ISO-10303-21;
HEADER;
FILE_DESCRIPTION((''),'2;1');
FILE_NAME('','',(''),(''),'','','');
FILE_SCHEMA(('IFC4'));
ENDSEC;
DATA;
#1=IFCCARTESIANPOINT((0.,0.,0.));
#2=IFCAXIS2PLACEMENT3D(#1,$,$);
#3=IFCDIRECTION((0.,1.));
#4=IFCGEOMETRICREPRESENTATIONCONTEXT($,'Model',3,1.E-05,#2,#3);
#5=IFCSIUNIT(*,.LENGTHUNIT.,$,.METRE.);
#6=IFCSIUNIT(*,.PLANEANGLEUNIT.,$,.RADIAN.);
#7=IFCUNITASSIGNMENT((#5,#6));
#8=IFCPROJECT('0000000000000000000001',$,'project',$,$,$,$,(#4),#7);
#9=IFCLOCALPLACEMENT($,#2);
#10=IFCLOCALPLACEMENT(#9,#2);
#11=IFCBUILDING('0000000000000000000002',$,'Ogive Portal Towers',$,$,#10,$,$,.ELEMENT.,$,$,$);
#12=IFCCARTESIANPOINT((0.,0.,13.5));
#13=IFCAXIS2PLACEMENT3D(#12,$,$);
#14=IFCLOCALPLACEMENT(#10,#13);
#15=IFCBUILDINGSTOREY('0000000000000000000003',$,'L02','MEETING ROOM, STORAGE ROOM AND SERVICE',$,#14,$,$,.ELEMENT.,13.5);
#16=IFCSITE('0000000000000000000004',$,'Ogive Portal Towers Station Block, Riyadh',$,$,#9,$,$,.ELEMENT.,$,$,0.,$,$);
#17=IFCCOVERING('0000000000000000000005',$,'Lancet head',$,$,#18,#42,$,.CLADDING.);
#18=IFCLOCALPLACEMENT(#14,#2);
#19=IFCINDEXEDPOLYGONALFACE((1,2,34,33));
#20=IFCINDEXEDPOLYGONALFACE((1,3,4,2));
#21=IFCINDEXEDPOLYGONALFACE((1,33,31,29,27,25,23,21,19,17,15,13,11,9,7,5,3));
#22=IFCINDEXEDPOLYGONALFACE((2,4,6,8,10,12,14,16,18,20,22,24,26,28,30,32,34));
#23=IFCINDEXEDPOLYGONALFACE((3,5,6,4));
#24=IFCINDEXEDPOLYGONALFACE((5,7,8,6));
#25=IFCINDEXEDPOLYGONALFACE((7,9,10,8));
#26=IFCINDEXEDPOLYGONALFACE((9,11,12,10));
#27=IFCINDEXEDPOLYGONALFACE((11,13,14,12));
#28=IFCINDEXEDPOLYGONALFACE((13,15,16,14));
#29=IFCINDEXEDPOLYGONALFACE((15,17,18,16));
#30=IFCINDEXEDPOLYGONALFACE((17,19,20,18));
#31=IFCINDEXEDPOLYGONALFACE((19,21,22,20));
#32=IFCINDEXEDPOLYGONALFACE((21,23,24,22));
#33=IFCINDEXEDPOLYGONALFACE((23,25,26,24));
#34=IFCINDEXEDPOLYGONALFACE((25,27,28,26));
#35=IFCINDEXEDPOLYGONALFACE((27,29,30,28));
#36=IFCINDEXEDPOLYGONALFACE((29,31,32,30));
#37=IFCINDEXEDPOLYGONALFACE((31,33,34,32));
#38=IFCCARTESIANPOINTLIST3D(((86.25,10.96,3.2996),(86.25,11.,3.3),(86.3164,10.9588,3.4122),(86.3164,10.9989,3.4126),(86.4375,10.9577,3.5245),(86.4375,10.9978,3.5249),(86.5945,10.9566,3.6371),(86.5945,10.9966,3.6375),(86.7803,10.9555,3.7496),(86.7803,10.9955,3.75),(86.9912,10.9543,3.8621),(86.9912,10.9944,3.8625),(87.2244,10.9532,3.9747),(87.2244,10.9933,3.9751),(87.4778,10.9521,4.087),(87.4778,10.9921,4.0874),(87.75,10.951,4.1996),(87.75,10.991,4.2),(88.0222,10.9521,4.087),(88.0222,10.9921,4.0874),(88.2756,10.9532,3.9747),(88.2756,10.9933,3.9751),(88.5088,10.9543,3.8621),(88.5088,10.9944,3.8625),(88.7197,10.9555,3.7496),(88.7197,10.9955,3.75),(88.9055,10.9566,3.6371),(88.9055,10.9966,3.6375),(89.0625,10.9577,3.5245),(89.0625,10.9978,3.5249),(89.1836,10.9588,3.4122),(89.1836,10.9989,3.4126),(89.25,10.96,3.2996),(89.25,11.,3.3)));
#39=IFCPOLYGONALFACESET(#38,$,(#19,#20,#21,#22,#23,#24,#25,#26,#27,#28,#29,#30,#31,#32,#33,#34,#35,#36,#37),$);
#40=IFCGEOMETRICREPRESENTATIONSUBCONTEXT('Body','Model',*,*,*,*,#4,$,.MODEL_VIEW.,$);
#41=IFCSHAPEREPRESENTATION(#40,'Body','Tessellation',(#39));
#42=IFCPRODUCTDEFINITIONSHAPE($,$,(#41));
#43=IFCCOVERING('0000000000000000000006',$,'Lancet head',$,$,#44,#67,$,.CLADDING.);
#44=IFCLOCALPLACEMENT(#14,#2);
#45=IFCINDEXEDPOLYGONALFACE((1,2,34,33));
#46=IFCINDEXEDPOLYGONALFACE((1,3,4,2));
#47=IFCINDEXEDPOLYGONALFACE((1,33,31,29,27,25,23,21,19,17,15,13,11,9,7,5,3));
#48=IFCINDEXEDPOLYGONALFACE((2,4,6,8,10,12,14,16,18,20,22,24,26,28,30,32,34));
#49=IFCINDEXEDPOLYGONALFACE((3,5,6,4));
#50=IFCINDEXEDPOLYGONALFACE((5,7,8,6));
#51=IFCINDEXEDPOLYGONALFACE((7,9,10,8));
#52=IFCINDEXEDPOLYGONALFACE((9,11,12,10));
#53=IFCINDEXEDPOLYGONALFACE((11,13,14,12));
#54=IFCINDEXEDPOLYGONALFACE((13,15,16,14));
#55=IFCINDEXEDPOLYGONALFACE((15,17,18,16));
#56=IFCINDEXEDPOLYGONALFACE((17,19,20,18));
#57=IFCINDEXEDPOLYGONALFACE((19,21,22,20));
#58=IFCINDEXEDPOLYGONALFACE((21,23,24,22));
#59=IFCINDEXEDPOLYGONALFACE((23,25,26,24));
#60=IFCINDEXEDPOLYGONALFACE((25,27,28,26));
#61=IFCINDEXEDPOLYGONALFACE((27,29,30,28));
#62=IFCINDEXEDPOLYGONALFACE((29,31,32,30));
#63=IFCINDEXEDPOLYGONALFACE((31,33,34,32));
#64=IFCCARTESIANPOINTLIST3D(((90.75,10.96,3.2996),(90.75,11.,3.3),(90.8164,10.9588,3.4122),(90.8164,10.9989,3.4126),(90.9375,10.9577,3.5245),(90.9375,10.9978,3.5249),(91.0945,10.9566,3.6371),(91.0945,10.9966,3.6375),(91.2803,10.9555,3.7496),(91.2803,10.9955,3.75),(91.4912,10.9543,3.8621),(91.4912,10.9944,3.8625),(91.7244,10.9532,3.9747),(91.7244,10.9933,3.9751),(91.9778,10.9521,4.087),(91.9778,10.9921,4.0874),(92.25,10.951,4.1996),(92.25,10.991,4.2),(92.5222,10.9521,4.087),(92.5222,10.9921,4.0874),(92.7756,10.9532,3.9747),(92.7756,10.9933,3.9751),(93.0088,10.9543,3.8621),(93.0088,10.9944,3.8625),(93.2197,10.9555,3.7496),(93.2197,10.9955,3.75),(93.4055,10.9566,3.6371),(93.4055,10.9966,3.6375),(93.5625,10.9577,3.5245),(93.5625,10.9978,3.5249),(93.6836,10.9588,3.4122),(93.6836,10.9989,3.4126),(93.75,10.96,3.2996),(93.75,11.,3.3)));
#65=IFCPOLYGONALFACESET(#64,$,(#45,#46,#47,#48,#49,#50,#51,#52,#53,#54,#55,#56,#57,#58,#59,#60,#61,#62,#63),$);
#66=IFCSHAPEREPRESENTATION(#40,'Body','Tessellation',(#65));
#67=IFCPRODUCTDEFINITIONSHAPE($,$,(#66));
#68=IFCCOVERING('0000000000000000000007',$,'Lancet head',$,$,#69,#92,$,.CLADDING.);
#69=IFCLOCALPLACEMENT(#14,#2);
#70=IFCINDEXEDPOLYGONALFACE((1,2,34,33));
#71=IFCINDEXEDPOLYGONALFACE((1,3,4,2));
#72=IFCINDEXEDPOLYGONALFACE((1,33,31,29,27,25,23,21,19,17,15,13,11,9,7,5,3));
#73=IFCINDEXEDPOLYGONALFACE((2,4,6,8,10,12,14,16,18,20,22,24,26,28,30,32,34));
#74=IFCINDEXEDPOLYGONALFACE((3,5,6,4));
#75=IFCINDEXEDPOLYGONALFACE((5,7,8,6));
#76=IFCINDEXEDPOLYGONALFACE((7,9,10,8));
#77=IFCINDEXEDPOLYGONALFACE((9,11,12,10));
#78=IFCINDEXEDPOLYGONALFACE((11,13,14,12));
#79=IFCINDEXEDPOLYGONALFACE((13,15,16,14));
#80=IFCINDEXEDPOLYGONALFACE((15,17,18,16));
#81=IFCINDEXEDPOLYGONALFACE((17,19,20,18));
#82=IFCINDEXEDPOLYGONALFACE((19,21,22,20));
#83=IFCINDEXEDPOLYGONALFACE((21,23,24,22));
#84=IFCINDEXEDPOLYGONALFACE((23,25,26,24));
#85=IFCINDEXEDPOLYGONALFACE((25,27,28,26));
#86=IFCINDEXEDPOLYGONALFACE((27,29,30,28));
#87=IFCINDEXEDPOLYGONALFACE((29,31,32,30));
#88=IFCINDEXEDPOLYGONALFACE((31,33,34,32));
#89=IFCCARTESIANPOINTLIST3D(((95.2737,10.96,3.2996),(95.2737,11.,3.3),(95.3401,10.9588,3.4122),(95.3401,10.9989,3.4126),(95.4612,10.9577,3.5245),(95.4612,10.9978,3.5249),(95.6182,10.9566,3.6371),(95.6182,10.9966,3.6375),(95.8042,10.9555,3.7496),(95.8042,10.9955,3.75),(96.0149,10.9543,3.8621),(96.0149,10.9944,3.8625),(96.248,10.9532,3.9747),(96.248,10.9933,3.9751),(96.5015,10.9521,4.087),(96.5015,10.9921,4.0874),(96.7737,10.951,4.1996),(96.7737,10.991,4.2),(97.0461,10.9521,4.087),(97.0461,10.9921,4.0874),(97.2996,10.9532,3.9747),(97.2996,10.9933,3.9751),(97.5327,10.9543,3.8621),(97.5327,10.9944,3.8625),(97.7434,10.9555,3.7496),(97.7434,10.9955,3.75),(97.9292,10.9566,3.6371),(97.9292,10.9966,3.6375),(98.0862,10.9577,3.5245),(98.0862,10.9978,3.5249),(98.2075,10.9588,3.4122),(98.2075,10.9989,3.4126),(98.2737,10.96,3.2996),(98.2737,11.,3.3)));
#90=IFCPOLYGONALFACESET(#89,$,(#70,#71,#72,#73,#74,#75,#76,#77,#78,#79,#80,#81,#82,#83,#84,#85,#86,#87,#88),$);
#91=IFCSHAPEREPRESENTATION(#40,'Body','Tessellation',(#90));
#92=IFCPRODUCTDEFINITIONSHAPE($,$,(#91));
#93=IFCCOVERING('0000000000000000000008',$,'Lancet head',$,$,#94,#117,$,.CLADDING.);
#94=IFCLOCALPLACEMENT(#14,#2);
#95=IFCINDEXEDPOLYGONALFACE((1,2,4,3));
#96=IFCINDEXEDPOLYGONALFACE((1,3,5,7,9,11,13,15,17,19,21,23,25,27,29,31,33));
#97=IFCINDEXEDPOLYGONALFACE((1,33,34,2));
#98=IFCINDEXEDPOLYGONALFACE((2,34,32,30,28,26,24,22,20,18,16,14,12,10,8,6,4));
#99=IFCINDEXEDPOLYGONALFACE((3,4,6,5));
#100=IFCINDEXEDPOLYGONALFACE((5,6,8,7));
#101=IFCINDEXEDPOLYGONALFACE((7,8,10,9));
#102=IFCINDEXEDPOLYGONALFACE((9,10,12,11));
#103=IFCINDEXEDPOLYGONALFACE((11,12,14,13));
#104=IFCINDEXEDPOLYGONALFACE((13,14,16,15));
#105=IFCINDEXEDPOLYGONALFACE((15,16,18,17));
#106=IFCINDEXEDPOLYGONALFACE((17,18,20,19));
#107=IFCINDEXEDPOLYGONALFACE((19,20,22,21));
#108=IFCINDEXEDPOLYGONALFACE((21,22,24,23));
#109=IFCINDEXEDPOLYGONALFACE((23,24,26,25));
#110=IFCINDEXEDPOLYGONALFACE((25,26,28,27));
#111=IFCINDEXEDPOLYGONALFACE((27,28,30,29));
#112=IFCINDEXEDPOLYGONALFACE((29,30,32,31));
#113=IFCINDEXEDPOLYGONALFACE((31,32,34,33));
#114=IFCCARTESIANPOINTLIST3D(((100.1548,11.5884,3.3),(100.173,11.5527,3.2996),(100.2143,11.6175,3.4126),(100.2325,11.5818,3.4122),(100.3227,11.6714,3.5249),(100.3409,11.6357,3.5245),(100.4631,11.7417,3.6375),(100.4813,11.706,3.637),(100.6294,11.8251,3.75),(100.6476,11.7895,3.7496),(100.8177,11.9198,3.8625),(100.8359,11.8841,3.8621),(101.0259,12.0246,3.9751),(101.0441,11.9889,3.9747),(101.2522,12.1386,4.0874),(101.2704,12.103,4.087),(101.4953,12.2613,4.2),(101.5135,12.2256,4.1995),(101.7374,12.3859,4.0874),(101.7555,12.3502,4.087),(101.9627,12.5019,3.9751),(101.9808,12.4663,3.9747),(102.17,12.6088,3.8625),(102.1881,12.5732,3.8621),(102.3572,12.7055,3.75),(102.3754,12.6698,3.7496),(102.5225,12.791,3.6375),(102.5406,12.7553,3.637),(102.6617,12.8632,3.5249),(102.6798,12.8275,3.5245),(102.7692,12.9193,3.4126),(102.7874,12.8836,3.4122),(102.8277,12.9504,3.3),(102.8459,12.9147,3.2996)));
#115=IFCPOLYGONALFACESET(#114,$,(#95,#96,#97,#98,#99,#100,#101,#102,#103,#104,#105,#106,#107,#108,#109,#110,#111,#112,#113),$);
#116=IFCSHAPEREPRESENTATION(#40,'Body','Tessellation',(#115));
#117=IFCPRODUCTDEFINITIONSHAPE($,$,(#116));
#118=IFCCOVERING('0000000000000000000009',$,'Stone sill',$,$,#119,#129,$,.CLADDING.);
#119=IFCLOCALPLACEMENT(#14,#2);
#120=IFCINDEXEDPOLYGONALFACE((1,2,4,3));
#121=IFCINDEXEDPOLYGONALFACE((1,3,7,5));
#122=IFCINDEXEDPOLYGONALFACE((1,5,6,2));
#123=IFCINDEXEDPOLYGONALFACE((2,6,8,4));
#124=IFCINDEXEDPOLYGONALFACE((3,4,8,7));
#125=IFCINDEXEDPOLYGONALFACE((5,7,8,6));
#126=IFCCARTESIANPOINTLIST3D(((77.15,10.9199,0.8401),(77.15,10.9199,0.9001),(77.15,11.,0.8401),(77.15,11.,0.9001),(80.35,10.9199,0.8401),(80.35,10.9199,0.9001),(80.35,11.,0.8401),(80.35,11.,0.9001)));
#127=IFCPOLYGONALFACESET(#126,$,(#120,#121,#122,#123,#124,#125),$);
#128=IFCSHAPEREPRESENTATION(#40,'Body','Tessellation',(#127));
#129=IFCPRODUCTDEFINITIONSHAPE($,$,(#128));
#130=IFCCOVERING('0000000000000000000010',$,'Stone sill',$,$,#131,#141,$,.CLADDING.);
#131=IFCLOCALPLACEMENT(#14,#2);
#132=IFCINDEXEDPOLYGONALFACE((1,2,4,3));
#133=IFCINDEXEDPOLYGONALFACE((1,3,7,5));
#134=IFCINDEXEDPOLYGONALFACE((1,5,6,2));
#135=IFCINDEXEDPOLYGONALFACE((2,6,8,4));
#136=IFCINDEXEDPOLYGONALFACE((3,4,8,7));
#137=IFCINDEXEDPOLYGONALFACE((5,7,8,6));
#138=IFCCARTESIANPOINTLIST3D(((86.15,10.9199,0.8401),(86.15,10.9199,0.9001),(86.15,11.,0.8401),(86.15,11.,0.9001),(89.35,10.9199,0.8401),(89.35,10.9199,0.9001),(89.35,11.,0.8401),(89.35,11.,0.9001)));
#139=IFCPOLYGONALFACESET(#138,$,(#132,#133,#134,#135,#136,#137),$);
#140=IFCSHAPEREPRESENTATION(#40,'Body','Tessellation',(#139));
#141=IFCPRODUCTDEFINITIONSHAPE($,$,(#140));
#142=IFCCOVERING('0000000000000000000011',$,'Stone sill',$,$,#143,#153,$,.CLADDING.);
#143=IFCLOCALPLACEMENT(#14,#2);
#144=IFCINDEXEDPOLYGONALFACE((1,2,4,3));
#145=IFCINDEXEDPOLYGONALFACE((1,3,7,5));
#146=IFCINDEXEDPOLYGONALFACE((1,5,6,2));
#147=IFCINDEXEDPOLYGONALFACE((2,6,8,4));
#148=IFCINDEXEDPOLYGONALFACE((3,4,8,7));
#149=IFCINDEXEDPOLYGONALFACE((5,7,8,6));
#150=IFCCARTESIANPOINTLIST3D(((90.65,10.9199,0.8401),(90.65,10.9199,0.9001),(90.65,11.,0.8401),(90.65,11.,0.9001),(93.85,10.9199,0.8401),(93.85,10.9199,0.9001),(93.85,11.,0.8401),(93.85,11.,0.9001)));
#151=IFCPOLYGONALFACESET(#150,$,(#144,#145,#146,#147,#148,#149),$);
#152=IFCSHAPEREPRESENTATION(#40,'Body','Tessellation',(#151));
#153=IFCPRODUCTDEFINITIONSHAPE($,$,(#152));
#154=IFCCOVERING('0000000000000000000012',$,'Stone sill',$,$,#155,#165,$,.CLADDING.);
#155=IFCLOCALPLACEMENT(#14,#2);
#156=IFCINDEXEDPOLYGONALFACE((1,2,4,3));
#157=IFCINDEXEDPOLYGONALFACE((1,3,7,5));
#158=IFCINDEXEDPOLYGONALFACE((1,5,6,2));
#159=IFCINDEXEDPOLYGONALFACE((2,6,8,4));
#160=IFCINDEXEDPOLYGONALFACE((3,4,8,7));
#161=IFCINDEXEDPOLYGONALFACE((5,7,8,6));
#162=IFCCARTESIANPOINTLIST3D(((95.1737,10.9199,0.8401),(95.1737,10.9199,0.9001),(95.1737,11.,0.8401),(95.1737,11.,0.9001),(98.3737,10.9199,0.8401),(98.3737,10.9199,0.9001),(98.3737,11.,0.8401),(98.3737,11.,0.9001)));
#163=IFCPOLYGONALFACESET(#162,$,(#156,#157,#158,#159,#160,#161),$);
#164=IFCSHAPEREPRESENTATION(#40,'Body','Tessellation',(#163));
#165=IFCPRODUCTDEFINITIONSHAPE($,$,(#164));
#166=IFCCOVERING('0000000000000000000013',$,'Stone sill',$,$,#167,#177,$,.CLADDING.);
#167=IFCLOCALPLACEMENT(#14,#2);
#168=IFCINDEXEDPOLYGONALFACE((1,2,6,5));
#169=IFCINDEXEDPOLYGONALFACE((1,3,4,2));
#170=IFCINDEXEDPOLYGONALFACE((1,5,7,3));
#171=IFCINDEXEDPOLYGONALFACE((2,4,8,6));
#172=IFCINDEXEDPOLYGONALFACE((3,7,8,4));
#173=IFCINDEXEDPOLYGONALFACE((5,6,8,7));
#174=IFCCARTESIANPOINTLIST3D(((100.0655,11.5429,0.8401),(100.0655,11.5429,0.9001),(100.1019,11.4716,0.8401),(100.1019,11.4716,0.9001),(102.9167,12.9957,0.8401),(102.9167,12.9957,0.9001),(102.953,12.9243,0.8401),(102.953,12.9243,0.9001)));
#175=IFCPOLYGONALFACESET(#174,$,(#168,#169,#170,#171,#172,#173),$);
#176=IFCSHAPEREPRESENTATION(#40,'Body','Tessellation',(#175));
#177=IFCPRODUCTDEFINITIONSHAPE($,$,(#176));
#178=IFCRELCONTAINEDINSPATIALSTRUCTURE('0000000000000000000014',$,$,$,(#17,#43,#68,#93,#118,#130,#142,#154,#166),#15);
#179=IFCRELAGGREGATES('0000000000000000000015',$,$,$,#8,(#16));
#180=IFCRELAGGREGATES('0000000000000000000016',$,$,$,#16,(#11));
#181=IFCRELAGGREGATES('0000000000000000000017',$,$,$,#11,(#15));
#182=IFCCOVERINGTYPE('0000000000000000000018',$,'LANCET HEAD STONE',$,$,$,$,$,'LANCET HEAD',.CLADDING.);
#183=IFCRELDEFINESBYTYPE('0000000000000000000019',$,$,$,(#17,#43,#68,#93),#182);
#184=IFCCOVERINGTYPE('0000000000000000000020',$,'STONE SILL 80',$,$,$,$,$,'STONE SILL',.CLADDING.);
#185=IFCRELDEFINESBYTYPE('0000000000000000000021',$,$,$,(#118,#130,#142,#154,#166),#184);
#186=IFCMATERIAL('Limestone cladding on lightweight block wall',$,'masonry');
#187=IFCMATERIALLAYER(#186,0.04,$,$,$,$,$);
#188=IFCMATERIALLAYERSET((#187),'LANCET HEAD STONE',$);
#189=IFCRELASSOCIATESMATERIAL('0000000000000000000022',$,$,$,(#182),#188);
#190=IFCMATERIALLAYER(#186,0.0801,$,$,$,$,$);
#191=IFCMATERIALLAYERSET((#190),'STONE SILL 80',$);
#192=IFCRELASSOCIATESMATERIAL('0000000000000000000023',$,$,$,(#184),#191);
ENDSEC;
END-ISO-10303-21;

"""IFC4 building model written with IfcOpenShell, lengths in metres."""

from ifc_helpers import new_model, si_unit, direction, frame, origin, origin_2d, place, context, subcontext, project, spatial, polyline, rectangle, outline, extrude, material, layer, layer_set, type_object, element, save


model = new_model("IFC4")

# Units and contexts
model_context = context("Model", 3, precision=1e-05, world=origin(), true_north=direction((0.0, 1.0)))
body_context = subcontext(model_context, "Body", "Model", "MODEL_VIEW")
ifc_project = project(units=[si_unit("LENGTHUNIT", "METRE"), si_unit("PLANEANGLEUNIT", "RADIAN")], contexts=[model_context])

# Site, building, storey
site_placement = place(None, origin())
site = spatial("IfcSite", under=ifc_project, at=site_placement, Name="Ogive Portal Towers Station Block, Riyadh", CompositionType="ELEMENT", RefElevation=0.0)
building_placement = place(site_placement, origin())
building = spatial("IfcBuilding", under=site, at=building_placement, Name="Ogive Portal Towers", CompositionType="ELEMENT")
storey_placement = place(building_placement, frame((0.0, 0.0, 13.5)))
storey = spatial("IfcBuildingStorey", under=building, at=storey_placement, Name="L02", Description="MEETING ROOM, STORAGE ROOM AND SERVICE", CompositionType="ELEMENT", Elevation=13.5)

# Shared definitions
ifc_material_1 = material(Name="Limestone cladding on lightweight block wall", Category="masonry")

# Coverings
ifc_layer_1 = layer(ifc_material_1, 0.04)
ifc_layer_set_1 = layer_set([ifc_layer_1], Name="LANCET HEAD STONE")
covering_type_1 = type_object("IfcCoveringType", Name="LANCET HEAD STONE", ElementType="LANCET HEAD", PredefinedType="CLADDING", material=ifc_layer_set_1)
for number, where, z_axis, x_axis, name in (
    (1, (86.25, 11.0, 3.3), (0.0, 0.99995, 0.009994), (1.0, 0.0, 0.0), "Lancet head"),
    (2, (90.75, 11.0, 3.3), (0.0, 0.99995, 0.009994), (1.0, 0.0, 0.0), "Lancet head"),
):
    element("IfcCovering", number, at=place(storey_placement, frame(where, z_axis=z_axis, x_axis=x_axis)), inside=storey, type_object=covering_type_1, Name=name, PredefinedType="CLADDING", context=body_context, shape_type="SweptSolid", body=[
        extrude(outline(polyline([(0.0, 0.0), (3.0, 0.0), (2.9336, -0.1126), (2.8125, -0.2249), (2.6555, -0.3374), (2.4697, -0.45), (2.2588, -0.5625), (2.0256, -0.6751), (1.7722, -0.7874), (1.5, -0.8999), (1.2278, -0.7874), (0.9744, -0.6751), (0.7412, -0.5625), (0.5303, -0.45), (0.3445, -0.3374), (0.1875, -0.2249), (0.0664, -0.1126), (0.0, 0.0)])), origin(), (0.0, 0.0, -1.0), 0.04),
    ])
covering_1_placement = place(storey_placement, frame((95.2737, 11.0, 3.3), z_axis=(0.0, 0.99995, 0.009994), x_axis=(1.0, 0.0, 0.0)))
element("IfcCovering", 3, at=covering_1_placement, inside=storey, type_object=covering_type_1, Name="Lancet head", PredefinedType="CLADDING", context=body_context, shape_type="SweptSolid", body=[
    extrude(outline(polyline([(0.0, 0.0), (3.0, 0.0), (2.9338, -0.1126), (2.8125, -0.2249), (2.6555, -0.3374), (2.4697, -0.45), (2.259, -0.5625), (2.0259, -0.6751), (1.7725, -0.7874), (1.5, -0.8999), (1.2278, -0.7874), (0.9744, -0.6751), (0.7412, -0.5625), (0.5305, -0.45), (0.3445, -0.3374), (0.1875, -0.2249), (0.0664, -0.1126), (0.0, 0.0)])), origin(), (0.0, 0.0, -1.0), 0.04),
])
covering_2_placement = place(storey_placement, frame((100.1548, 11.5884, 3.3), z_axis=(-0.453987, 0.890951, 0.010108), x_axis=(0.890997, 0.45401, 0.0)))
element("IfcCovering", 4, at=covering_2_placement, inside=storey, type_object=covering_type_1, Name="Lancet head", PredefinedType="CLADDING", context=body_context, shape_type="SweptSolid", body=[
    extrude(outline(polyline([(0.0, 0.0), (2.9999, 0.0), (2.9337, -0.1126), (2.8124, -0.2249), (2.6556, -0.3374), (2.4695, -0.45), (2.2588, -0.5625), (2.0256, -0.6751), (1.7721, -0.7874), (1.4999, -0.8999), (1.2276, -0.7874), (0.9742, -0.6751), (0.7411, -0.5625), (0.5304, -0.45), (0.3443, -0.3374), (0.1873, -0.2249), (0.0663, -0.1126), (0.0, 0.0)])), origin(), (0.0, 0.0, -1.0), 0.04),
])
ifc_layer_2 = layer(ifc_material_1, 0.0801)
ifc_layer_set_2 = layer_set([ifc_layer_2], Name="STONE SILL 80")
covering_type_2 = type_object("IfcCoveringType", Name="STONE SILL 80", ElementType="STONE SILL", PredefinedType="CLADDING", material=ifc_layer_set_2)
for number, where, z_axis, x_axis, name in (
    (5, (78.75, 10.96, 0.8401), (0.0, 0.0, 1.0), (1.0, 0.0, 0.0), "Stone sill"),
    (6, (87.75, 10.96, 0.8401), (0.0, 0.0, 1.0), (1.0, 0.0, 0.0), "Stone sill"),
    (7, (92.25, 10.96, 0.8401), (0.0, 0.0, 1.0), (1.0, 0.0, 0.0), "Stone sill"),
    (8, (96.7737, 10.96, 0.8401), (0.0, 0.0, 1.0), (1.0, 0.0, 0.0), "Stone sill"),
    (9, (101.5093, 12.2336, 0.8401), (0.0, 0.0, 1.0), (0.891007, 0.45399, 0.0), "Stone sill"),
):
    element("IfcCovering", number, at=place(storey_placement, frame(where, z_axis=z_axis, x_axis=x_axis)), inside=storey, type_object=covering_type_2, Name=name, PredefinedType="CLADDING", context=body_context, shape_type="SweptSolid", body=[
        extrude(rectangle(XDim=3.2, YDim=0.0801, at=origin_2d()), origin(), (0.0, 0.0, 1.0), 0.0601),
    ])

save(model, "model.ifc")
